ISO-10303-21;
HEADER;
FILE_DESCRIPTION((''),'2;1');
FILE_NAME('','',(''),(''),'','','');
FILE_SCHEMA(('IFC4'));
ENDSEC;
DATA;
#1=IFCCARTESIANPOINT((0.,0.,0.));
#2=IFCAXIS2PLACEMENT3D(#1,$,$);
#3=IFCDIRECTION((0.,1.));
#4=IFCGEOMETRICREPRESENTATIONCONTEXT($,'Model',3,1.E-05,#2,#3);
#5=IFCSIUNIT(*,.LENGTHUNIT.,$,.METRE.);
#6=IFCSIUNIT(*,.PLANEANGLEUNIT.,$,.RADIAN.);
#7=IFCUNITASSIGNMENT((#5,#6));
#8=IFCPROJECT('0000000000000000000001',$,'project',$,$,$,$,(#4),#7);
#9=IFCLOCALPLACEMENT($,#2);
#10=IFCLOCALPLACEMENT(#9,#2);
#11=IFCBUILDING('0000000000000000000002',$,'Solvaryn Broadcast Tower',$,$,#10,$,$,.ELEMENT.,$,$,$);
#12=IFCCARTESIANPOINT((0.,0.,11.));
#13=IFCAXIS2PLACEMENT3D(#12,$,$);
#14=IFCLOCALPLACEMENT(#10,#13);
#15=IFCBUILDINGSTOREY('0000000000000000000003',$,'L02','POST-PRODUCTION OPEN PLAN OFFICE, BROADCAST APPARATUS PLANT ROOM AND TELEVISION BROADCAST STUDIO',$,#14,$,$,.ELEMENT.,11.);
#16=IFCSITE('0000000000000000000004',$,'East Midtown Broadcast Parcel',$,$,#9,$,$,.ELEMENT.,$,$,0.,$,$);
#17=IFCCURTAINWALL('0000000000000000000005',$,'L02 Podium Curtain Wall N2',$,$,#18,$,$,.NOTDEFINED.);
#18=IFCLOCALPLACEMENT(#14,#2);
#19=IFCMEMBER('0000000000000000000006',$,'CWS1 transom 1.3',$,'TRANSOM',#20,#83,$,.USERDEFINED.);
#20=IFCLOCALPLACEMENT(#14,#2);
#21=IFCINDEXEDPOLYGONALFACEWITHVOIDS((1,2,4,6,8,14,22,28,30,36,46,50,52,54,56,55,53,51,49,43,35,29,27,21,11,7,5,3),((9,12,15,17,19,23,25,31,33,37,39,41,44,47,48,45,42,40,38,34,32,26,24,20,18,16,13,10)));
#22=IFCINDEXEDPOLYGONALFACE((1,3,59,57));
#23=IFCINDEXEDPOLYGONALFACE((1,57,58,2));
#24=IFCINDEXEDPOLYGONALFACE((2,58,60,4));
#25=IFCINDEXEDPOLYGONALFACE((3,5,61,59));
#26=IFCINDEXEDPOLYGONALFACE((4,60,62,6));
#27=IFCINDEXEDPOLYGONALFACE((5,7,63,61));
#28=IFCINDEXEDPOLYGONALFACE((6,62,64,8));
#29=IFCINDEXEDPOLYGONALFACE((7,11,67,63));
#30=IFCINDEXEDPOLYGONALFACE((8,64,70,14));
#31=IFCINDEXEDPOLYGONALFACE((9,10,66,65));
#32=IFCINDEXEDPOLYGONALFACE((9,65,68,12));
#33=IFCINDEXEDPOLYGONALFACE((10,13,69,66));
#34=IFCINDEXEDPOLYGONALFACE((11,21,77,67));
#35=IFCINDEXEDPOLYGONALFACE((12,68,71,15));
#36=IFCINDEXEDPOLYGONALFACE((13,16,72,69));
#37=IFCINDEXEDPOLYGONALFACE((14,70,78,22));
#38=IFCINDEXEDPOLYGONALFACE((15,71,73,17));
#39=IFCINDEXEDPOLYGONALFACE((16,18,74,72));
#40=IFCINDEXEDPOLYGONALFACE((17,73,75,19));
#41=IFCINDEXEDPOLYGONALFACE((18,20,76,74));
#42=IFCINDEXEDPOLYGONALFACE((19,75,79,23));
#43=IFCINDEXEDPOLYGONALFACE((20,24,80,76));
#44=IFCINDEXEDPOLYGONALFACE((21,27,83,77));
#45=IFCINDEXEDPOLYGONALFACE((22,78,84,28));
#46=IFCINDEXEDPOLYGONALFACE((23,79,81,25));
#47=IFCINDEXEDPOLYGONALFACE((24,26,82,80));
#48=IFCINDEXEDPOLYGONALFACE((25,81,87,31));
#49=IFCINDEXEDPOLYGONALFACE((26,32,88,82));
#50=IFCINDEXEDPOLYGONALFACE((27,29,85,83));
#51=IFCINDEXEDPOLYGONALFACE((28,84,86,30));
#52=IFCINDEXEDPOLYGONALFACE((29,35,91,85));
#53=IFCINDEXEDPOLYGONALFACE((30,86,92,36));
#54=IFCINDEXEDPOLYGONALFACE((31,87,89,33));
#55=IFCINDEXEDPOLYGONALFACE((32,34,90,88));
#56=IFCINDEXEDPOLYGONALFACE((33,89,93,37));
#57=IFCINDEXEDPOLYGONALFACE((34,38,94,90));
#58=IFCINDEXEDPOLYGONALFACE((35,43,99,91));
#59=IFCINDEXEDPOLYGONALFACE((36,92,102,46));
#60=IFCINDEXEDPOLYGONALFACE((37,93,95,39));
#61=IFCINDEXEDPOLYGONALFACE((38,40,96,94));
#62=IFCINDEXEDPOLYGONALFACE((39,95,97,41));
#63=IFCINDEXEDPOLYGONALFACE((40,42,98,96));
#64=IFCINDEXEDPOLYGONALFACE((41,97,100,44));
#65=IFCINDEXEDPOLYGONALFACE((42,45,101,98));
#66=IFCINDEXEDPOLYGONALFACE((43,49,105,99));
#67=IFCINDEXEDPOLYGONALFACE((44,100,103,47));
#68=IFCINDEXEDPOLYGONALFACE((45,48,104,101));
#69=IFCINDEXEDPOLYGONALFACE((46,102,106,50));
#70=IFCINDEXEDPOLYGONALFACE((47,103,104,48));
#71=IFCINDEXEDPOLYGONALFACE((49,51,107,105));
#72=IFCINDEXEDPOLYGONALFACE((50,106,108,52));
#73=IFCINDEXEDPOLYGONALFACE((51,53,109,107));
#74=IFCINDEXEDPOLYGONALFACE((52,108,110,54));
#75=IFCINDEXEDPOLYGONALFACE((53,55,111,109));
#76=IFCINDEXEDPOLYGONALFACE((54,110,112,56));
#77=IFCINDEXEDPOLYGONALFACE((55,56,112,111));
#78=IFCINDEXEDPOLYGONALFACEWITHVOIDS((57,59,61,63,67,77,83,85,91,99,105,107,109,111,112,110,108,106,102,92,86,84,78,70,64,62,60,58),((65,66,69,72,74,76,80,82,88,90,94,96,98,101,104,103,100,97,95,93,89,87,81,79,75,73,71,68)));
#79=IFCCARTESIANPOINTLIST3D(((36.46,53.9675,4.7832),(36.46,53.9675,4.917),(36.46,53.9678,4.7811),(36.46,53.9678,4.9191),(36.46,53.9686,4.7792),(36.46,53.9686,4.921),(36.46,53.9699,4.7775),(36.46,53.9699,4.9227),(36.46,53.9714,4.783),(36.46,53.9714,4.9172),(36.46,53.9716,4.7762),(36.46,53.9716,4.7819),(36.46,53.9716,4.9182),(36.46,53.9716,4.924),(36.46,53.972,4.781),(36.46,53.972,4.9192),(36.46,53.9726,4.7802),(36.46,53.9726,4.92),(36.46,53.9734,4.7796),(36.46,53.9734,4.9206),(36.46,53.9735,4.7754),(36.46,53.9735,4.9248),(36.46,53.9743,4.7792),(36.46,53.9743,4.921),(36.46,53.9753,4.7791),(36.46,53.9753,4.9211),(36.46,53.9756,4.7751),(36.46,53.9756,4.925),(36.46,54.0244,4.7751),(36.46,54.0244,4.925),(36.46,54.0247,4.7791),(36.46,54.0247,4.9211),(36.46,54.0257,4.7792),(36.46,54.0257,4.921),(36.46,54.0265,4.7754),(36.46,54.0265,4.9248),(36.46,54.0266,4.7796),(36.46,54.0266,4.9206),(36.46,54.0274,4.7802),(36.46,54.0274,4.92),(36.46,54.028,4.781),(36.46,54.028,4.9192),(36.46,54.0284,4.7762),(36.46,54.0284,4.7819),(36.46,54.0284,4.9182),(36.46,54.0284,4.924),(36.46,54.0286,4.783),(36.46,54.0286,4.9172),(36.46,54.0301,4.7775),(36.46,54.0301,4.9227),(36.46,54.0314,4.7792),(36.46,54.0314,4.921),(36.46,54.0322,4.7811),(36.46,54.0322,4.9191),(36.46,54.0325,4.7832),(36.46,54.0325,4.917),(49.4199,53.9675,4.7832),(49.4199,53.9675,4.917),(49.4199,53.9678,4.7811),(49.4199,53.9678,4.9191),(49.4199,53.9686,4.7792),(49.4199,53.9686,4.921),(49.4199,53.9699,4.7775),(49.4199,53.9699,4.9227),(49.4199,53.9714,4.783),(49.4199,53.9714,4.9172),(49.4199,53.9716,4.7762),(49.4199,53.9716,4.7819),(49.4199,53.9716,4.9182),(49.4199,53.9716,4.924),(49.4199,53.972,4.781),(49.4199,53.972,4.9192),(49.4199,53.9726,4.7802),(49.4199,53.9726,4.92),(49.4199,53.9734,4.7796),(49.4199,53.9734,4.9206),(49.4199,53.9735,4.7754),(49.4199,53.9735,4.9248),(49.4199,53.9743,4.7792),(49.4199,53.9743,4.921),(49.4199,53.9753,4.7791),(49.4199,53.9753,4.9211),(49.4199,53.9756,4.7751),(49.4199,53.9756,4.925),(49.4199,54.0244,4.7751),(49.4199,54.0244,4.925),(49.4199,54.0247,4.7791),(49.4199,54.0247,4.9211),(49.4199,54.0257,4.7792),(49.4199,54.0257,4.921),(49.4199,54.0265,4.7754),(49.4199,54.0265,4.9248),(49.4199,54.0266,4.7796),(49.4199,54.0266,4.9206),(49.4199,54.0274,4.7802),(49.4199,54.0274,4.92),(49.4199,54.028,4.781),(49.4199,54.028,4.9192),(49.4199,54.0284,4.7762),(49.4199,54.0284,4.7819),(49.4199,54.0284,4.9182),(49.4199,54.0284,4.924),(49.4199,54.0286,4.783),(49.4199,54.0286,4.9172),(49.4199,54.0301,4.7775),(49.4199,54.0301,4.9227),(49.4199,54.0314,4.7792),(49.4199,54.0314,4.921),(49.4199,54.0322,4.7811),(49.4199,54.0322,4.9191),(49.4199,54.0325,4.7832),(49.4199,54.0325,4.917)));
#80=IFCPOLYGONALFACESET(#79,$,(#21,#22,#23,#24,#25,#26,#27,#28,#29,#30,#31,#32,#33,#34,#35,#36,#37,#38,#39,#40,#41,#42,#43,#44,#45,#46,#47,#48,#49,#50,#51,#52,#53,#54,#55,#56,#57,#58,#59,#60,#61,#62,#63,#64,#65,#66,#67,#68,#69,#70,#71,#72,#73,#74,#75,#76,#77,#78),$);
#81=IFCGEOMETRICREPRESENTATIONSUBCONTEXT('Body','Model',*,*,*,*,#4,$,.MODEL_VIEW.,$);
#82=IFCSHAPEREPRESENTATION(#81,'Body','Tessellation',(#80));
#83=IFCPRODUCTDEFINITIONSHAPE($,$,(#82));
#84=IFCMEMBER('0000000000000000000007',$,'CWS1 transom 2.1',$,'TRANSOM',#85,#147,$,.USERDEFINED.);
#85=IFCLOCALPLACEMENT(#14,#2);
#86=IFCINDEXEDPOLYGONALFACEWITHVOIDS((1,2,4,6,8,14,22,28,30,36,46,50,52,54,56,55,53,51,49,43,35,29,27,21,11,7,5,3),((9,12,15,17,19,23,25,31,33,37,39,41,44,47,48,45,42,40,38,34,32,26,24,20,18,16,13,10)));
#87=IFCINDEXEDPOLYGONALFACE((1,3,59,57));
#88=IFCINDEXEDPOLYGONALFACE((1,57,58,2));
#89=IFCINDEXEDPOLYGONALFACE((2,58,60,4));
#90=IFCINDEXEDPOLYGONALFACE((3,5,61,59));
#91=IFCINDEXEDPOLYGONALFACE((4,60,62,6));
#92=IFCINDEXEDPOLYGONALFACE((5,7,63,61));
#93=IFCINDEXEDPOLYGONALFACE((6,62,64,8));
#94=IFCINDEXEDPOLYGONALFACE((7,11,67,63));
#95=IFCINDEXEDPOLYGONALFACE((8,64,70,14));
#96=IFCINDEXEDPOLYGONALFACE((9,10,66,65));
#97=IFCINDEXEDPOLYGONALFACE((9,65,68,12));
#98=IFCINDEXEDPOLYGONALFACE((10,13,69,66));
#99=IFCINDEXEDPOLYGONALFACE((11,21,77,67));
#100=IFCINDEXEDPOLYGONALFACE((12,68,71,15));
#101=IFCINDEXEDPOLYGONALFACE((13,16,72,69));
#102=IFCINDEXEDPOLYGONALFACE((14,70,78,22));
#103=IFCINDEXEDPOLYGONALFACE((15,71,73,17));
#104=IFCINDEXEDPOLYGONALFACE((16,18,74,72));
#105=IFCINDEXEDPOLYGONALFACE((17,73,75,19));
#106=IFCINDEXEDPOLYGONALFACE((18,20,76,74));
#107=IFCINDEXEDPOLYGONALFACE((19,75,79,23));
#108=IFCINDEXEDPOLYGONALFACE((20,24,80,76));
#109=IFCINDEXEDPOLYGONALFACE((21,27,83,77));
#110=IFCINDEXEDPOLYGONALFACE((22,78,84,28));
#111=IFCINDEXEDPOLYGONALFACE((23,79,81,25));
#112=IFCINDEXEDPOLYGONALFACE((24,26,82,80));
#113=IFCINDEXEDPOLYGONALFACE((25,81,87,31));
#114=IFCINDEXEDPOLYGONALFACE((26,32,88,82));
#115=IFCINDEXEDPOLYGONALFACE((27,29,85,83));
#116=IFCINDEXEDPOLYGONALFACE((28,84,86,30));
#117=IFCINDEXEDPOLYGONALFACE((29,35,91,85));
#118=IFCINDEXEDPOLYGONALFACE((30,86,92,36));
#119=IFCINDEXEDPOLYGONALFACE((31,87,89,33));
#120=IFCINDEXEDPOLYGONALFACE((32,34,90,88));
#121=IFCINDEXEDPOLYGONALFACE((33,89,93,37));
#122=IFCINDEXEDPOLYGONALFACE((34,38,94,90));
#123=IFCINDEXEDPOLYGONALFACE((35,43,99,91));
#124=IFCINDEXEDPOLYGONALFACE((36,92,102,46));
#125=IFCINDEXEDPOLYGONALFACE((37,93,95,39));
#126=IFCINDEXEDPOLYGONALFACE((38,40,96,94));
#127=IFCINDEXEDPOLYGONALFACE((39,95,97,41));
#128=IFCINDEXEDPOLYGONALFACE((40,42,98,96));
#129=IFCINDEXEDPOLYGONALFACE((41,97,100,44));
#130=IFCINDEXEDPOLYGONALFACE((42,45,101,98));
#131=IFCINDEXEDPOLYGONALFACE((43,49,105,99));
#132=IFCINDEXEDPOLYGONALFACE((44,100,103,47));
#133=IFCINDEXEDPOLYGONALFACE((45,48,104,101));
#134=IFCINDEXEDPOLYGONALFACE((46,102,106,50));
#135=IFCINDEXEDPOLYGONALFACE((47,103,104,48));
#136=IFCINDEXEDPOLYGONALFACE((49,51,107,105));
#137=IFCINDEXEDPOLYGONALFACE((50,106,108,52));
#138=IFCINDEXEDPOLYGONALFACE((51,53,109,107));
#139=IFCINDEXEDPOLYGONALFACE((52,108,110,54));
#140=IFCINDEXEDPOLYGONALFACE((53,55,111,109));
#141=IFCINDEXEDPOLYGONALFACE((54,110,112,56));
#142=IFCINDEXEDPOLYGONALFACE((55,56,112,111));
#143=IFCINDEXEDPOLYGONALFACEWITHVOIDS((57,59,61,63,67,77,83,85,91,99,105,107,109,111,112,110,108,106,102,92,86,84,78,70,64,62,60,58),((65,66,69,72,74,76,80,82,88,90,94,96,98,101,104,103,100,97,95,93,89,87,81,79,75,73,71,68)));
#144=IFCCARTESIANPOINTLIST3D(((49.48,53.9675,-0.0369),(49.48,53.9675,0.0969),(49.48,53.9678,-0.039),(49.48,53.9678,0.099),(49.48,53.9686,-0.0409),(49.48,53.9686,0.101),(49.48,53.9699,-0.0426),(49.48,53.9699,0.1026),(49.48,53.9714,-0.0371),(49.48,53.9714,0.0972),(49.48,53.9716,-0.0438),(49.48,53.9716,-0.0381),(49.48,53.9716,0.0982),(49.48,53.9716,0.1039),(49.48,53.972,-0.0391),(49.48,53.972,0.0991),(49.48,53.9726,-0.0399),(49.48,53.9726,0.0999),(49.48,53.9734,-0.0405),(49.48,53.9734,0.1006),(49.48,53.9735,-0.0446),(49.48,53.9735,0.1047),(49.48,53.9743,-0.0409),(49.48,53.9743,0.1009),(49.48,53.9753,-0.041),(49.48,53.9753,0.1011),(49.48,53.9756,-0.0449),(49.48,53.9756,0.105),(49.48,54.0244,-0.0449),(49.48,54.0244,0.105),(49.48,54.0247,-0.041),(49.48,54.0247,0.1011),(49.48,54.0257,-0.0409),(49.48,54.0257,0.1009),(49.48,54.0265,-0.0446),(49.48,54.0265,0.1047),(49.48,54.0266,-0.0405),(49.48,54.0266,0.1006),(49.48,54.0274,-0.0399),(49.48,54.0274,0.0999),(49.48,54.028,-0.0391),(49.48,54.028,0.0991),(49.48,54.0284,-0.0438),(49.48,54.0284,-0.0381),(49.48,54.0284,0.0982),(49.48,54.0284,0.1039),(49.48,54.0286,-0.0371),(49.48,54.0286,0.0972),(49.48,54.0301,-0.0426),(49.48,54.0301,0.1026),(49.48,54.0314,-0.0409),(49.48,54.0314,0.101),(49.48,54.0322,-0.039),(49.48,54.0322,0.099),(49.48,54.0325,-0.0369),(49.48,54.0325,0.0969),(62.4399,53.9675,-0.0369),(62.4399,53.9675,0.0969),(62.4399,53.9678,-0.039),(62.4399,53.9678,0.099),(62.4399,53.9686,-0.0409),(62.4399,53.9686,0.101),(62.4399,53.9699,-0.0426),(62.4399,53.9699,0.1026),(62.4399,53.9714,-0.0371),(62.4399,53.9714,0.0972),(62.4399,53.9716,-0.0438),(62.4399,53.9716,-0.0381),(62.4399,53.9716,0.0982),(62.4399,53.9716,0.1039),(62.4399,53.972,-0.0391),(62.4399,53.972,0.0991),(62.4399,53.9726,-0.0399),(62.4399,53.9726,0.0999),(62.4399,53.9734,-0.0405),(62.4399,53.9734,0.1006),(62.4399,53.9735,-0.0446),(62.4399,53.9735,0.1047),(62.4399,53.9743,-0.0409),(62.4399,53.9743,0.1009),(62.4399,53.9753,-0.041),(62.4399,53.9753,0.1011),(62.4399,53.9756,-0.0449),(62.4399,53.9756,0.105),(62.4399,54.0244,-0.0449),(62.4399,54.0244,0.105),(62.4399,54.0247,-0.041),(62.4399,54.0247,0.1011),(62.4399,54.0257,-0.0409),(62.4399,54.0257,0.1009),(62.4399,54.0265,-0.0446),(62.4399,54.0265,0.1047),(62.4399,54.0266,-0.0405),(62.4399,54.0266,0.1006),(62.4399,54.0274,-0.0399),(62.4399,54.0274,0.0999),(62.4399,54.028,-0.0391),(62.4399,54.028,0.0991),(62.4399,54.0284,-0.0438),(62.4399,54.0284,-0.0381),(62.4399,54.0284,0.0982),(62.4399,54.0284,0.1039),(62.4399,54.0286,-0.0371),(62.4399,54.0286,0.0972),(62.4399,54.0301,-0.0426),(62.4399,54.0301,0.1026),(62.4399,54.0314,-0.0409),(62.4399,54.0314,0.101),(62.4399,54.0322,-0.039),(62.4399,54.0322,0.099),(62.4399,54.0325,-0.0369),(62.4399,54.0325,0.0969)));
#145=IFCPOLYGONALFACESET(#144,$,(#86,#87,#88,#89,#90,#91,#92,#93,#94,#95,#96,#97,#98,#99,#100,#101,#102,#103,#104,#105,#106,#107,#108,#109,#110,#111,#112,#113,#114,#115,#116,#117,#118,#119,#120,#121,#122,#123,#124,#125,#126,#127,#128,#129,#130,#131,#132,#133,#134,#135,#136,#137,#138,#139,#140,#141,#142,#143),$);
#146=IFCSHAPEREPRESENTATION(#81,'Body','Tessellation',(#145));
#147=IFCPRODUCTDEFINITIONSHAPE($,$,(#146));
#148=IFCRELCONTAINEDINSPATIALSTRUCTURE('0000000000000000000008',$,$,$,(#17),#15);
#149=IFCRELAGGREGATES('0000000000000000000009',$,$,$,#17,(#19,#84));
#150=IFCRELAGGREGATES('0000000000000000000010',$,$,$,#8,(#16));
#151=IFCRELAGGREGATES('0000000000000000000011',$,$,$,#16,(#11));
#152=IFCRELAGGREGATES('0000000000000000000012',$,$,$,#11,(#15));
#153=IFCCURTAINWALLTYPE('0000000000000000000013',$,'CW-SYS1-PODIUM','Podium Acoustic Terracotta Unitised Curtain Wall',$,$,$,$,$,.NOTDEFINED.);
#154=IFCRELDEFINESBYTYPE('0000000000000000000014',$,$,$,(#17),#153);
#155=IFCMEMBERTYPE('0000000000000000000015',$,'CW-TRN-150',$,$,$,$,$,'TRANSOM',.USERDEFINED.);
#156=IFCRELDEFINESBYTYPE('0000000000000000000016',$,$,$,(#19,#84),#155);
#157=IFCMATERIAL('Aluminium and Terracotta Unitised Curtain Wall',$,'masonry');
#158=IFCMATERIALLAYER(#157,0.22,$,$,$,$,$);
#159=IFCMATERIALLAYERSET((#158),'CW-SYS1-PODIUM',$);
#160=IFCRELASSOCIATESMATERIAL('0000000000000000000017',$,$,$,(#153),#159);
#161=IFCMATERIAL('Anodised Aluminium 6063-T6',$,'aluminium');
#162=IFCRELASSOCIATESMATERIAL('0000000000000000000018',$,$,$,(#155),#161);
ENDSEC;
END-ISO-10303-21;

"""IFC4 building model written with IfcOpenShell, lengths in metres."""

from ifc_helpers import new_model, si_unit, direction, frame, origin, origin_2d, place, context, subcontext, project, spatial, hollow_rectangle, extrude, material, layer, layer_set, material_profile, profile_set, type_object, element, aggregate, save


model = new_model("IFC4")

# Units and contexts
model_context = context("Model", 3, precision=1e-05, world=origin(), true_north=direction((0.0, 1.0)))
body_context = subcontext(model_context, "Body", "Model", "MODEL_VIEW")
ifc_project = project(units=[si_unit("LENGTHUNIT", "METRE"), si_unit("PLANEANGLEUNIT", "RADIAN")], contexts=[model_context])

# Site, building, storey
site_placement = place(None, origin())
site = spatial("IfcSite", under=ifc_project, at=site_placement, Name="East Midtown Broadcast Parcel", CompositionType="ELEMENT", RefElevation=0.0)
building_placement = place(site_placement, origin())
building = spatial("IfcBuilding", under=site, at=building_placement, Name="Solvaryn Broadcast Tower", CompositionType="ELEMENT")
storey_placement = place(building_placement, frame((0.0, 0.0, 11.0)))
storey = spatial("IfcBuildingStorey", under=building, at=storey_placement, Name="L02", Description="POST-PRODUCTION OPEN PLAN OFFICE, BROADCAST APPARATUS PLANT ROOM AND TELEVISION BROADCAST STUDIO", CompositionType="ELEMENT", Elevation=11.0)

# Shared definitions
ifc_material_1 = material(Name="Aluminium and Terracotta Unitised Curtain Wall", Category="masonry")
ifc_layer_1 = layer(ifc_material_1, 0.22)
ifc_layer_set_1 = layer_set([ifc_layer_1], Name="CW-SYS1-PODIUM")
curtain_wall_type = type_object("IfcCurtainWallType", Name="CW-SYS1-PODIUM", Description="Podium Acoustic Terracotta Unitised Curtain Wall", PredefinedType="NOTDEFINED", material=ifc_layer_set_1)

# Curtain wall, members
curtain_wall_1_placement = place(storey_placement, origin())
curtain_wall_1 = element("IfcCurtainWall", 1, at=curtain_wall_1_placement, inside=storey, type_object=curtain_wall_type, Name="L02 Podium Curtain Wall N2", PredefinedType="NOTDEFINED")
ifc_material_2 = material(Name="Anodised Aluminium 6063-T6", Category="aluminium")
ifc_material_profile_1 = material_profile(ifc_material_2, hollow_rectangle(XDim=0.0649, YDim=0.1499, WallThickness=0.0039, InnerFilletRadius=0.0039, OuterFilletRadius=0.0081, at=origin_2d()))
ifc_profile_set_1 = profile_set([ifc_material_profile_1], Name="Anodised Aluminium 6063-T6")
member_type_1 = type_object("IfcMemberType", Name="CW-TRN-150", ElementType="TRANSOM", PredefinedType="USERDEFINED", material=ifc_profile_set_1)
member_1_placement = place(storey_placement, frame((36.46, 54.0, 4.8501), z_axis=(1.0, 0.0, 0.0), x_axis=(0.0, 1.0, 0.0)))
member_1 = element("IfcMember", 2, at=member_1_placement, type_object=member_type_1, Name="CWS1 transom 1.3", ObjectType="TRANSOM", PredefinedType="USERDEFINED", context=body_context, shape_type="SweptSolid", body=[
    extrude(hollow_rectangle(XDim=0.0649, YDim=0.1499, WallThickness=0.0039, InnerFilletRadius=0.0039, OuterFilletRadius=0.0081, at=origin_2d()), origin(), (0.0, 0.0, 1.0), 12.96),
])
member_2_placement = place(storey_placement, frame((49.48, 54.0, 0.03), z_axis=(1.0, 0.0, 0.0), x_axis=(0.0, 1.0, 0.0)))
member_2 = element("IfcMember", 3, at=member_2_placement, type_object=member_type_1, Name="CWS1 transom 2.1", ObjectType="TRANSOM", PredefinedType="USERDEFINED", context=body_context, shape_type="SweptSolid", body=[
    extrude(hollow_rectangle(XDim=0.0649, YDim=0.1499, WallThickness=0.0039, InnerFilletRadius=0.0039, OuterFilletRadius=0.0081, at=origin_2d()), origin(), (0.0, 0.0, 1.0), 12.96),
])
aggregate(curtain_wall_1, [member_1, member_2])

save(model, "model.ifc")
